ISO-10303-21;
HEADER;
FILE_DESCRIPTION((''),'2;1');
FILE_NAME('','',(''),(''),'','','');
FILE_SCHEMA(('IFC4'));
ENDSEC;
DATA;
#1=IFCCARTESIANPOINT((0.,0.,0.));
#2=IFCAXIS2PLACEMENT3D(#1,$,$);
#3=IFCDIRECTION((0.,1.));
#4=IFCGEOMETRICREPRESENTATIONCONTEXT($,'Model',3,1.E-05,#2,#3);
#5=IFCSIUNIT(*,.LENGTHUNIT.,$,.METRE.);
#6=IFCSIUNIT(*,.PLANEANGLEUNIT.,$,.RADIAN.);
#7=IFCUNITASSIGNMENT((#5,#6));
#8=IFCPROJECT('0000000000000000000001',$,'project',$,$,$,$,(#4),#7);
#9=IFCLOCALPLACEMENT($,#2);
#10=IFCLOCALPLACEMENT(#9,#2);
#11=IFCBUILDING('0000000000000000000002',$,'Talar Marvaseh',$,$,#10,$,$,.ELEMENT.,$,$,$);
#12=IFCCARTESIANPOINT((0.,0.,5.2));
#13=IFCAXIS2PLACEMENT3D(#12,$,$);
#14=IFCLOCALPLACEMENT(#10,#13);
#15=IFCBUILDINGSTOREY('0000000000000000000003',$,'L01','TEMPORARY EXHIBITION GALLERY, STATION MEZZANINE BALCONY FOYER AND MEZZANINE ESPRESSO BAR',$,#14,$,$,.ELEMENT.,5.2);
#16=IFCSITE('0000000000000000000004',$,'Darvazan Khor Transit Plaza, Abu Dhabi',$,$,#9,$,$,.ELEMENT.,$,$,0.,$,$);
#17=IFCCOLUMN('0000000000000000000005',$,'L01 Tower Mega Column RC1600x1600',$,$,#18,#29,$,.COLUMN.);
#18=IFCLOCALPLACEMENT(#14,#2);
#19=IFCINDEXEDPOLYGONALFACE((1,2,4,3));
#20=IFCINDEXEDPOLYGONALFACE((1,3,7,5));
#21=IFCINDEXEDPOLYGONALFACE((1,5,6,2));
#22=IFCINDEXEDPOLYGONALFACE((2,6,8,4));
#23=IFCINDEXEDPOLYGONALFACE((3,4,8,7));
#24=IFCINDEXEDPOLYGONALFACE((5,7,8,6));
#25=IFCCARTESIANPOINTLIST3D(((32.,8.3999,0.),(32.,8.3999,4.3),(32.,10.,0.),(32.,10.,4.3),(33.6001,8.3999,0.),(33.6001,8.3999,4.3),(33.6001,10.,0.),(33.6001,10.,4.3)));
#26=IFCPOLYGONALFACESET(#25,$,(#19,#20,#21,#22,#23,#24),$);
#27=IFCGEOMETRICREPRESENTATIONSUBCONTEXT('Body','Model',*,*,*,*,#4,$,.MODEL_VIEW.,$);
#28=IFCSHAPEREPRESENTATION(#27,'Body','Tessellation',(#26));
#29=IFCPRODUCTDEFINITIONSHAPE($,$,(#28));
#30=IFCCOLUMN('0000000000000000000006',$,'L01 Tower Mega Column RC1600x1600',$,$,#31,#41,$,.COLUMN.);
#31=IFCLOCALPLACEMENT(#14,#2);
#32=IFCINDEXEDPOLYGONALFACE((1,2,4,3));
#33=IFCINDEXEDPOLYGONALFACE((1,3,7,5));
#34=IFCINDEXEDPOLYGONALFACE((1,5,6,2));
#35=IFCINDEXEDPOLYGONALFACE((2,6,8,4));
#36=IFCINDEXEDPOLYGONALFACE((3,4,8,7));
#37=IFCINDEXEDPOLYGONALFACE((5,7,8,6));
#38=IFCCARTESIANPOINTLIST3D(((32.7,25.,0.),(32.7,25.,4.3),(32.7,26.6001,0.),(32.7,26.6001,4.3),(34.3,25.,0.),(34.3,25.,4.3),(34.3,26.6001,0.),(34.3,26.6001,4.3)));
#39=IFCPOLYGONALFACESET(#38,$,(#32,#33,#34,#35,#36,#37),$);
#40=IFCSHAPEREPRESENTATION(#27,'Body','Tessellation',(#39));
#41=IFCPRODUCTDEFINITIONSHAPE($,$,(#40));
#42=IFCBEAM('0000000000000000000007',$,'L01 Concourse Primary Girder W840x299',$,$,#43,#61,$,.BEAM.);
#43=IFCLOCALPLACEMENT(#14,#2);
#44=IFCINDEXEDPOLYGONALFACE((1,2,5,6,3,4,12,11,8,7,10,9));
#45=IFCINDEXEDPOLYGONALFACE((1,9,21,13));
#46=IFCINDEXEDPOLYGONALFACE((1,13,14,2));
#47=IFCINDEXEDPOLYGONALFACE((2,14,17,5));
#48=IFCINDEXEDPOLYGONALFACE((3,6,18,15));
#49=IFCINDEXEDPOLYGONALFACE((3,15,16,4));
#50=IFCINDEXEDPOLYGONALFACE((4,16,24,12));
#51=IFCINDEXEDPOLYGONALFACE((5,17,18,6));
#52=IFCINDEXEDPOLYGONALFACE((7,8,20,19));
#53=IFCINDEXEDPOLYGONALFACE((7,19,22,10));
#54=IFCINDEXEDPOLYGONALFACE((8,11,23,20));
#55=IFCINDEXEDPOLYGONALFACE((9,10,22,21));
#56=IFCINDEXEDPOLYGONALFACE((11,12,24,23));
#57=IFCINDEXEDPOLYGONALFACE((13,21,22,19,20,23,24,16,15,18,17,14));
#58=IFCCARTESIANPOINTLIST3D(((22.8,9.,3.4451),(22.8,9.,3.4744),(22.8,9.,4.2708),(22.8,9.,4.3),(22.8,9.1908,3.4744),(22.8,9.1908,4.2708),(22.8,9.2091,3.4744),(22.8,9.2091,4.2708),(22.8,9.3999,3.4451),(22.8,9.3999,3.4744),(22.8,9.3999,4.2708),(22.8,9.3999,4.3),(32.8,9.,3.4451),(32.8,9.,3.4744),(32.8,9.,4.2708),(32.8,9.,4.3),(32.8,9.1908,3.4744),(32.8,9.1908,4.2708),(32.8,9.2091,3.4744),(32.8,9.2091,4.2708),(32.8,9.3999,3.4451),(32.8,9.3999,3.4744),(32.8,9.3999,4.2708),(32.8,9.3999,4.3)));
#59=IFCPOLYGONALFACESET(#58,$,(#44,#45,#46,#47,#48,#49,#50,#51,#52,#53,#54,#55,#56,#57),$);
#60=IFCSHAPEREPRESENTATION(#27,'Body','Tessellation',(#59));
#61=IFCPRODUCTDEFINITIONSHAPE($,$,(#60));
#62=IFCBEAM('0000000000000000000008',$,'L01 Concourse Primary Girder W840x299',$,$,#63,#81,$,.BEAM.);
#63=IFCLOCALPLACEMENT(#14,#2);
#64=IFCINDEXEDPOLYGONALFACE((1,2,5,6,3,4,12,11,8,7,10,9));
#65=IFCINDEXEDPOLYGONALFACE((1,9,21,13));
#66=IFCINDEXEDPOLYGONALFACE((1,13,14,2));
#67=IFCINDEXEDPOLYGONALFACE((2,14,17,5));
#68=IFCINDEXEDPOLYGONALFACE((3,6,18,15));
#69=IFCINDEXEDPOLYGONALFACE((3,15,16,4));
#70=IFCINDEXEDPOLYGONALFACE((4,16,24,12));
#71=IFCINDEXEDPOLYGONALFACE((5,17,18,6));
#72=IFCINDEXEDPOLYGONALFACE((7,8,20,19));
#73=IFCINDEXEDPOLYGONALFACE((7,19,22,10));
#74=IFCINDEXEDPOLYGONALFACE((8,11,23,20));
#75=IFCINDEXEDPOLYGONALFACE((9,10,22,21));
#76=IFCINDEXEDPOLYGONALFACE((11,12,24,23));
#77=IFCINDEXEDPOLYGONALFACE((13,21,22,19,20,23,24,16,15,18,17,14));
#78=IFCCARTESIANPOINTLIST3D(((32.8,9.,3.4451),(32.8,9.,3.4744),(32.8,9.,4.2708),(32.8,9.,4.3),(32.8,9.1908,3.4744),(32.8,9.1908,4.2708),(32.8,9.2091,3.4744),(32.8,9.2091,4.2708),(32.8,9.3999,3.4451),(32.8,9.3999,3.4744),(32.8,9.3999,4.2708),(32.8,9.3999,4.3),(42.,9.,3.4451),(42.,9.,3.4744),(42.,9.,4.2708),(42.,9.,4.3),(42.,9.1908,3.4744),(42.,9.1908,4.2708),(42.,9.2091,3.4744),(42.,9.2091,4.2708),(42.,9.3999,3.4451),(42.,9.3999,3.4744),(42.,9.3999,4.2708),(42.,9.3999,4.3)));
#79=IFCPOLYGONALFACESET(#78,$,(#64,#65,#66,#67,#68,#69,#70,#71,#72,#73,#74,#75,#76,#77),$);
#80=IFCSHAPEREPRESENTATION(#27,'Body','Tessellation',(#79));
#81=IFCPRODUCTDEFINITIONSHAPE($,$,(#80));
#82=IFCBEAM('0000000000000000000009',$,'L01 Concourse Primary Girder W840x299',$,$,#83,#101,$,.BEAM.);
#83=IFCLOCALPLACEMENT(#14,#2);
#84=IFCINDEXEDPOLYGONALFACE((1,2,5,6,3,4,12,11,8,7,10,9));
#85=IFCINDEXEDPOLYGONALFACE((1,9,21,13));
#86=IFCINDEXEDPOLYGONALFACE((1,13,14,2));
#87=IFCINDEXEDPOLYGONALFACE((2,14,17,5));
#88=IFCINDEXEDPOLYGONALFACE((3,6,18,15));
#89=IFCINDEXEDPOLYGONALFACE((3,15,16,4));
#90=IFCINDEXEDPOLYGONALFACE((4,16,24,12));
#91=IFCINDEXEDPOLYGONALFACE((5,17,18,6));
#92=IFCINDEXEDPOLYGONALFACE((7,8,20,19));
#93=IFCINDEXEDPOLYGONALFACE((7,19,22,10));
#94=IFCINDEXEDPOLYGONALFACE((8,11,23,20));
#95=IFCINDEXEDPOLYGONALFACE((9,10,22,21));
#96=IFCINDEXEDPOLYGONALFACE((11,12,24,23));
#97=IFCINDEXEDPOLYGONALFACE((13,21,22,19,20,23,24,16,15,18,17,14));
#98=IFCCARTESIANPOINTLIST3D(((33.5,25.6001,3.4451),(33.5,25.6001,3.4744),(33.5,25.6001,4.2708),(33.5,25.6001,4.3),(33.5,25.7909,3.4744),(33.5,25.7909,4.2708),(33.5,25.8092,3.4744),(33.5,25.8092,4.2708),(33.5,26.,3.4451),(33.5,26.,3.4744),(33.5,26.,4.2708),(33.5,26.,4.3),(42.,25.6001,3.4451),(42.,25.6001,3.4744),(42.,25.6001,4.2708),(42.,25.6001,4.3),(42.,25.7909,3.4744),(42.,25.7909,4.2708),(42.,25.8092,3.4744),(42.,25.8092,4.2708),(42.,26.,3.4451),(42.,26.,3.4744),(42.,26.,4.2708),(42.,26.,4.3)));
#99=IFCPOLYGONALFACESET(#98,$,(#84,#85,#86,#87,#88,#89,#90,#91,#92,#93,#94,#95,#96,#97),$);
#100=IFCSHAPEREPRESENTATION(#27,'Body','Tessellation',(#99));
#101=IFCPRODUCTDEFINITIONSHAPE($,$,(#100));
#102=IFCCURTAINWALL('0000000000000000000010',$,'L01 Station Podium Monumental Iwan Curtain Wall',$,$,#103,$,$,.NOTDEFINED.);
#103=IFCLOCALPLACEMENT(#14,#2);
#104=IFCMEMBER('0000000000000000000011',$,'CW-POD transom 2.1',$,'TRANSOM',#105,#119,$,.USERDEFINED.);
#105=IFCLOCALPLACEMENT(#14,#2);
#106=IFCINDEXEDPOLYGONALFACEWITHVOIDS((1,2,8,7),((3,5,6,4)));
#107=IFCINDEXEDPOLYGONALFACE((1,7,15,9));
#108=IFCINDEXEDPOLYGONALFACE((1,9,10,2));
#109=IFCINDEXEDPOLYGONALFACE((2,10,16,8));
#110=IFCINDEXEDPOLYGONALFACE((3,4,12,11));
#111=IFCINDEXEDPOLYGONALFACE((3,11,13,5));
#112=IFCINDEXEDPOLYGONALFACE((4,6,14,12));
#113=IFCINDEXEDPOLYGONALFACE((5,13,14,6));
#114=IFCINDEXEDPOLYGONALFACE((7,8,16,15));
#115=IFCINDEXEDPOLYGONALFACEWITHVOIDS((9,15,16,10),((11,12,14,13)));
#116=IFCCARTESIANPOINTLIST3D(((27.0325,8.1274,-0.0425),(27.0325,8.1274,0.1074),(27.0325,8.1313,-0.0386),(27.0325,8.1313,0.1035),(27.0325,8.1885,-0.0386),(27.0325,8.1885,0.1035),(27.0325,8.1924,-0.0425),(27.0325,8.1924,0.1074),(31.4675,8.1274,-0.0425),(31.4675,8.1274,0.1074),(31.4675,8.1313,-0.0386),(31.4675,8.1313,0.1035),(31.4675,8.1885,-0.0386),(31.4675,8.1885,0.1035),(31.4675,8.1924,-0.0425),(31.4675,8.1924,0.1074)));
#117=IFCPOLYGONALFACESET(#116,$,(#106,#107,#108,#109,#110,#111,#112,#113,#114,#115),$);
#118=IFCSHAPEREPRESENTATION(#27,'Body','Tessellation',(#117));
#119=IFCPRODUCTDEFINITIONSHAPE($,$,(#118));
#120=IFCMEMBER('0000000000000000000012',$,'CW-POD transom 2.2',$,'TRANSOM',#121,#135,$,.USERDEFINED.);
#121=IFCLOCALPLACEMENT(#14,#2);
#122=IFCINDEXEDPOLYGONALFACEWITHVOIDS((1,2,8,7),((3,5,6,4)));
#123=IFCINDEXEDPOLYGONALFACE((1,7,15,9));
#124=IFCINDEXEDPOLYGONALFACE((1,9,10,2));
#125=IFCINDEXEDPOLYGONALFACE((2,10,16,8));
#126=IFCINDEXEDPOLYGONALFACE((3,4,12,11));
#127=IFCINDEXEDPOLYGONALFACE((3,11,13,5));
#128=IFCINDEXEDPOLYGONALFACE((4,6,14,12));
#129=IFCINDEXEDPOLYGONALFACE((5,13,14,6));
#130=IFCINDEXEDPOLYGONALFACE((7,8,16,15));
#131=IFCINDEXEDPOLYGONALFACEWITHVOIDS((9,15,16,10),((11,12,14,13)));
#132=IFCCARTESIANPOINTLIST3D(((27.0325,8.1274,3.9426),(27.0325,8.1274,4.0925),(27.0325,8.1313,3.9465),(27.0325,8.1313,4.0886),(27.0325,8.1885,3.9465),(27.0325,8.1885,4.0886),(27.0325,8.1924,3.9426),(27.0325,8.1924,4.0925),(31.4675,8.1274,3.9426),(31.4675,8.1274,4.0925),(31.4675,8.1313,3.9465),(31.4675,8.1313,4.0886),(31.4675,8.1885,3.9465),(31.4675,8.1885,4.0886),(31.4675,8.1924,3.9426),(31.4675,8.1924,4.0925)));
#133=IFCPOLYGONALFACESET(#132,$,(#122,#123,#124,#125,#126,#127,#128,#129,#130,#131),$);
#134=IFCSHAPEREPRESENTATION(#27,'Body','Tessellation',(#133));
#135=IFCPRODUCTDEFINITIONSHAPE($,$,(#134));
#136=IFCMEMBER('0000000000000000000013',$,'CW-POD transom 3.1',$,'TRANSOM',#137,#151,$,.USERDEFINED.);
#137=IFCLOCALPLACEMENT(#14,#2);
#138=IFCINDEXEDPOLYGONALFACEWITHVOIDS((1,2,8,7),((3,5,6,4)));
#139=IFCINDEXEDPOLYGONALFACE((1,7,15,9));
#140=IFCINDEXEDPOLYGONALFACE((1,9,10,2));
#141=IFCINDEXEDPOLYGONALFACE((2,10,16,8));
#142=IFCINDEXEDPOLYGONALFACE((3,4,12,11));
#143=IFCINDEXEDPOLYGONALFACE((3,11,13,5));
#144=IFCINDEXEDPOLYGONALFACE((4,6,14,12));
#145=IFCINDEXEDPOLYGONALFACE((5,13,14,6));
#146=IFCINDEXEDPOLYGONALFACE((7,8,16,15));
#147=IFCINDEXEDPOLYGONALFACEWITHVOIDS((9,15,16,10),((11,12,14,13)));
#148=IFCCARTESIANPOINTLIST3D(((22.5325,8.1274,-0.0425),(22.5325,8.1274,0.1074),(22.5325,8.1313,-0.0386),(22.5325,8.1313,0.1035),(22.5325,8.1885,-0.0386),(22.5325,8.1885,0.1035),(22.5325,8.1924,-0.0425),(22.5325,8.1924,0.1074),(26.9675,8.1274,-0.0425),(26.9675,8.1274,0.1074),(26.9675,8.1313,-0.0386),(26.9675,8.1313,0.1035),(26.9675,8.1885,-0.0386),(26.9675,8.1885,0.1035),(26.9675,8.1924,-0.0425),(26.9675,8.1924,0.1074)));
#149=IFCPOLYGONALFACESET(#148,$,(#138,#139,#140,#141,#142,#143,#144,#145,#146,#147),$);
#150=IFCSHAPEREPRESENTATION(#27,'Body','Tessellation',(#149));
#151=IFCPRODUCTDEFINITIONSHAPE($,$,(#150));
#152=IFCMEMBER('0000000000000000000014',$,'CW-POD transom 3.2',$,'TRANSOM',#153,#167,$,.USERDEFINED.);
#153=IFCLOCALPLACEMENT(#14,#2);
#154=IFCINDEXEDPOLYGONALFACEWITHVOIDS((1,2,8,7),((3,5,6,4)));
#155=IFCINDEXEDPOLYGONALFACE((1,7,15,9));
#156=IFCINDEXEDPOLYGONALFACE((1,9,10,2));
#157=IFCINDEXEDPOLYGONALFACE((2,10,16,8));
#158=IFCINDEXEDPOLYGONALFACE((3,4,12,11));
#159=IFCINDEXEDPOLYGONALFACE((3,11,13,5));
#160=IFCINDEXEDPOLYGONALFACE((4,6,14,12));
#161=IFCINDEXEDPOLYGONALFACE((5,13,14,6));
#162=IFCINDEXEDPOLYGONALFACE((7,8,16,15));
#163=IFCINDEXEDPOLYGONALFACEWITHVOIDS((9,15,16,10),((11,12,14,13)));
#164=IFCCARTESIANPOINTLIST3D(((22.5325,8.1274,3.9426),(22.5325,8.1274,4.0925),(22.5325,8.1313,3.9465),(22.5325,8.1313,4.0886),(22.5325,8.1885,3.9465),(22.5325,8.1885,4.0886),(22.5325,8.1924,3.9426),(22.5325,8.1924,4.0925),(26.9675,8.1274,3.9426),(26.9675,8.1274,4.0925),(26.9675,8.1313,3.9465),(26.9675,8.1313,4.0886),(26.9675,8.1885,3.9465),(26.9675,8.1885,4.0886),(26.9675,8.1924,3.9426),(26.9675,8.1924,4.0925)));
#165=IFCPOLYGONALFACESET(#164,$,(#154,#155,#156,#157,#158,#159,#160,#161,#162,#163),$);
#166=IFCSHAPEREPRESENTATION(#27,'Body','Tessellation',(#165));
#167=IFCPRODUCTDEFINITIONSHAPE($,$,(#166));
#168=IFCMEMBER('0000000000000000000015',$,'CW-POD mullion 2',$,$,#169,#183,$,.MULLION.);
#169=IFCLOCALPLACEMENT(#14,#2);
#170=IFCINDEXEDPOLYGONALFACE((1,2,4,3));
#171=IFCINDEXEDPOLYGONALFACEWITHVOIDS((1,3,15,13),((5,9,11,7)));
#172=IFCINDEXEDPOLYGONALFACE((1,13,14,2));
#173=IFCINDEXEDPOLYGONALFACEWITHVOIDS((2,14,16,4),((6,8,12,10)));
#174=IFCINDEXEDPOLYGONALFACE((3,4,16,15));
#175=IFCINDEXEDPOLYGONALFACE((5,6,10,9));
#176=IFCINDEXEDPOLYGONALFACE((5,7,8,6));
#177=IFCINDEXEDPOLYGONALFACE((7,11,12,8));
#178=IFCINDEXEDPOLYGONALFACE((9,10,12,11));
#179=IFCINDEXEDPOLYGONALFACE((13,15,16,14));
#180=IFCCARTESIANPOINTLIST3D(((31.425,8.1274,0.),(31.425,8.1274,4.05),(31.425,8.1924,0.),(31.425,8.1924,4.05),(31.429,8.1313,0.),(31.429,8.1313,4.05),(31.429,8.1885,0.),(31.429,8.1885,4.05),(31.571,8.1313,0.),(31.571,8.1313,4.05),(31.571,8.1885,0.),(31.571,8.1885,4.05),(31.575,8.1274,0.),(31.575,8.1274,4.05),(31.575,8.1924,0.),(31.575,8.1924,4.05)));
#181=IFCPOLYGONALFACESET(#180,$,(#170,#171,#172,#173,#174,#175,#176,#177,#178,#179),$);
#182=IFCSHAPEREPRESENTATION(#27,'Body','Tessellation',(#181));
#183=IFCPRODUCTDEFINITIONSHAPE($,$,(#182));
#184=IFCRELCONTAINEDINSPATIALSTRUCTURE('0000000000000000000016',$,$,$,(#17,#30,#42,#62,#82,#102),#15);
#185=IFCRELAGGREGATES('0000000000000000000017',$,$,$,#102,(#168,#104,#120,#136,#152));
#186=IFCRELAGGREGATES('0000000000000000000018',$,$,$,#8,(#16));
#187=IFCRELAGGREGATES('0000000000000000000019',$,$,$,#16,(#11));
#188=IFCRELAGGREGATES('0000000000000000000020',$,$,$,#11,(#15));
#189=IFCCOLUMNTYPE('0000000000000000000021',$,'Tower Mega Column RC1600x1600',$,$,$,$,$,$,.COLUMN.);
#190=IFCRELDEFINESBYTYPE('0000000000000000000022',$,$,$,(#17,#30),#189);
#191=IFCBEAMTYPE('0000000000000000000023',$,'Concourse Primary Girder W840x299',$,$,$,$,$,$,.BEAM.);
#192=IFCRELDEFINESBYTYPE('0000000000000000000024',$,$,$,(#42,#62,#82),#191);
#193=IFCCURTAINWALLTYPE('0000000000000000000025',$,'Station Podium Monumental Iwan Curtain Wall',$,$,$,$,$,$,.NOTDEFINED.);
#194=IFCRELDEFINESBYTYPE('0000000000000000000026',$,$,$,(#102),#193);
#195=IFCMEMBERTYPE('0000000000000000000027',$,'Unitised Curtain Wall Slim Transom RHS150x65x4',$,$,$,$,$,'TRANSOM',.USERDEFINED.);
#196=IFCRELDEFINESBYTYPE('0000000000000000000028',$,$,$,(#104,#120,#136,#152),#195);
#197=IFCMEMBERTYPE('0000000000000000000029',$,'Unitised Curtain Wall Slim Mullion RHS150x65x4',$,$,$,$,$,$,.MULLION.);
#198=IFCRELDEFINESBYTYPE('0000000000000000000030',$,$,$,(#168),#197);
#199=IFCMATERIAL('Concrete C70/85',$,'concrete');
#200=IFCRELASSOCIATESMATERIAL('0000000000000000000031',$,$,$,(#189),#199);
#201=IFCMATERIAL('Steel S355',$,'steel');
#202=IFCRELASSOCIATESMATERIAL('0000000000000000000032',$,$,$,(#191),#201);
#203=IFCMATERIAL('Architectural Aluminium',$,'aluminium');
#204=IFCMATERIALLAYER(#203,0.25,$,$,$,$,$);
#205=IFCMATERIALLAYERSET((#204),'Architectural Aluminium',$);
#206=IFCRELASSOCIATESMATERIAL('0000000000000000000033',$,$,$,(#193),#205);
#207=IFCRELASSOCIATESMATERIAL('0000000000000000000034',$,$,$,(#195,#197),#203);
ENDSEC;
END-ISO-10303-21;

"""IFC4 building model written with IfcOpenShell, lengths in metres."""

from ifc_helpers import new_model, si_unit, direction, frame, origin, origin_2d, place, context, subcontext, project, spatial, rectangle, hollow_rectangle, i_section, extrude, source, transform, mapped, material, layer, layer_set, material_profile, profile_set, type_object, type_shapes, element, aggregate, save


model = new_model("IFC4")

# Units and contexts
model_context = context("Model", 3, precision=1e-05, world=origin(), true_north=direction((0.0, 1.0)))
body_context = subcontext(model_context, "Body", "Model", "MODEL_VIEW")
ifc_project = project(units=[si_unit("LENGTHUNIT", "METRE"), si_unit("PLANEANGLEUNIT", "RADIAN")], contexts=[model_context])

# Site, building, storey
site_placement = place(None, origin())
site = spatial("IfcSite", under=ifc_project, at=site_placement, Name="Darvazan Khor Transit Plaza, Abu Dhabi", CompositionType="ELEMENT", RefElevation=0.0)
building_placement = place(site_placement, origin())
building = spatial("IfcBuilding", under=site, at=building_placement, Name="Talar Marvaseh", CompositionType="ELEMENT")
storey_placement = place(building_placement, frame((0.0, 0.0, 5.2)))
storey = spatial("IfcBuildingStorey", under=building, at=storey_placement, Name="L01", Description="TEMPORARY EXHIBITION GALLERY, STATION MEZZANINE BALCONY FOYER AND MEZZANINE ESPRESSO BAR", CompositionType="ELEMENT", Elevation=5.2)

# Columns
ifc_material_1 = material(Name="Concrete C70/85", Category="concrete")
ifc_material_profile_1 = material_profile(ifc_material_1, rectangle(XDim=1.6001, YDim=1.6001, at=origin_2d()), Name="RC1600x1600")
ifc_profile_set_1 = profile_set([ifc_material_profile_1], Name="Concrete C70/85")
column_type = type_object("IfcColumnType", Name="Tower Mega Column RC1600x1600", PredefinedType="COLUMN", material=ifc_profile_set_1)
for number, where, z_axis, x_axis, name in (
    (1, (32.8, 9.2, 0.0), (0.0, 0.0, 1.0), (1.0, 0.0, 0.0), "L01 Tower Mega Column RC1600x1600"),
    (2, (33.5, 25.8, 0.0), (0.0, 0.0, 1.0), (1.0, 0.0, 0.0), "L01 Tower Mega Column RC1600x1600"),
):
    element("IfcColumn", number, at=place(storey_placement, frame(where, z_axis=z_axis, x_axis=x_axis)), inside=storey, type_object=column_type, Name=name, PredefinedType="COLUMN", context=body_context, shape_type="SweptSolid", body=[
        extrude(rectangle(XDim=1.6001, YDim=1.6001, at=origin_2d()), origin(), (0.0, 0.0, 1.0), 4.3),
    ])

# Beams
ifc_material_2 = material(Name="Steel S355", Category="steel")
ifc_material_profile_2 = material_profile(ifc_material_2, i_section(OverallWidth=0.3999, OverallDepth=0.855, WebThickness=0.0183, FlangeThickness=0.0293, at=origin_2d()), Name="W840x299")
ifc_profile_set_2 = profile_set([ifc_material_profile_2], Name="Steel S355")
beam_type = type_object("IfcBeamType", Name="Concourse Primary Girder W840x299", PredefinedType="BEAM", material=ifc_profile_set_2)
beam_1_placement = place(storey_placement, frame((22.8, 9.2, 3.8726), z_axis=(1.0, 0.0, 0.0), x_axis=(0.0, 1.0, 0.0)))
element("IfcBeam", 3, at=beam_1_placement, inside=storey, type_object=beam_type, Name="L01 Concourse Primary Girder W840x299", PredefinedType="BEAM", context=body_context, shape_type="SweptSolid", body=[
    extrude(i_section(OverallWidth=0.3999, OverallDepth=0.855, WebThickness=0.0183, FlangeThickness=0.0293, at=origin_2d()), origin(), (0.0, 0.0, 1.0), 10.0),
])
beam_2_placement = place(storey_placement, frame((32.8, 9.2, 3.8726), z_axis=(1.0, 0.0, 0.0), x_axis=(0.0, 1.0, 0.0)))
element("IfcBeam", 4, at=beam_2_placement, inside=storey, type_object=beam_type, Name="L01 Concourse Primary Girder W840x299", PredefinedType="BEAM", context=body_context, shape_type="SweptSolid", body=[
    extrude(i_section(OverallWidth=0.3999, OverallDepth=0.855, WebThickness=0.0183, FlangeThickness=0.0293, at=origin_2d()), origin(), (0.0, 0.0, 1.0), 9.2),
])
beam_3_placement = place(storey_placement, frame((33.5, 25.8, 3.8726), z_axis=(1.0, 0.0, 0.0), x_axis=(0.0, 1.0, 0.0)))
element("IfcBeam", 5, at=beam_3_placement, inside=storey, type_object=beam_type, Name="L01 Concourse Primary Girder W840x299", PredefinedType="BEAM", context=body_context, shape_type="SweptSolid", body=[
    extrude(i_section(OverallWidth=0.3999, OverallDepth=0.855, WebThickness=0.0183, FlangeThickness=0.0293, at=origin_2d()), origin(), (0.0, 0.0, 1.0), 8.5),
])

# Curtain wall, members
ifc_material_3 = material(Name="Architectural Aluminium", Category="aluminium")
ifc_layer_1 = layer(ifc_material_3, 0.25)
ifc_layer_set_1 = layer_set([ifc_layer_1], Name="Architectural Aluminium")
curtain_wall_type = type_object("IfcCurtainWallType", Name="Station Podium Monumental Iwan Curtain Wall", PredefinedType="NOTDEFINED", material=ifc_layer_set_1)
curtain_wall_placement = place(storey_placement, origin())
curtain_wall = element("IfcCurtainWall", 6, at=curtain_wall_placement, inside=storey, type_object=curtain_wall_type, Name="L01 Station Podium Monumental Iwan Curtain Wall", PredefinedType="NOTDEFINED")
ifc_material_profile_3 = material_profile(ifc_material_3, hollow_rectangle(XDim=0.0649, YDim=0.1499, WallThickness=0.0039, at=origin_2d()), Name="RHS150x65x4")
ifc_profile_set_3 = profile_set([ifc_material_profile_3], Name="Architectural Aluminium")
member_type_1 = type_object("IfcMemberType", Name="Unitised Curtain Wall Slim Transom RHS150x65x4", ElementType="TRANSOM", PredefinedType="USERDEFINED", material=ifc_profile_set_3)
shared_shape_1 = source(origin(), body_context, "Body", "SweptSolid", [
    extrude(hollow_rectangle(XDim=0.0649, YDim=0.1499, WallThickness=0.0039, at=origin_2d()), origin(), (0.0, 0.0, 1.0), 4.4351),
])
type_shapes(member_type_1, [shared_shape_1])
member_1_placement = place(storey_placement, frame((31.4675, 8.1599, 0.0325), z_axis=(-1.0, 0.0, 0.0), x_axis=(0.0, -1.0, 0.0)))
member_1 = element("IfcMember", 7, at=member_1_placement, type_object=member_type_1, Name="CW-POD transom 2.1", ObjectType="TRANSOM", PredefinedType="USERDEFINED", context=body_context, shape_type="MappedRepresentation", body=[
    mapped(shared_shape_1, transform((0.0, 0.0, 0.0), x_axis=(1.0, 0.0, 0.0), y_axis=(0.0, 1.0, 0.0), z_axis=(0.0, 0.0, 1.0), scale=1.0)),
])
member_2_placement = place(storey_placement, frame((31.4675, 8.1599, 4.0176), z_axis=(-1.0, 0.0, 0.0), x_axis=(0.0, -1.0, 0.0)))
member_2 = element("IfcMember", 8, at=member_2_placement, type_object=member_type_1, Name="CW-POD transom 2.2", ObjectType="TRANSOM", PredefinedType="USERDEFINED", context=body_context, shape_type="MappedRepresentation", body=[
    mapped(shared_shape_1, transform((0.0, 0.0, 0.0), x_axis=(1.0, 0.0, 0.0), y_axis=(0.0, 1.0, 0.0), z_axis=(0.0, 0.0, 1.0), scale=1.0)),
])
member_3_placement = place(storey_placement, frame((26.9675, 8.1599, 0.0325), z_axis=(-1.0, 0.0, 0.0), x_axis=(0.0, -1.0, 0.0)))
member_3 = element("IfcMember", 9, at=member_3_placement, type_object=member_type_1, Name="CW-POD transom 3.1", ObjectType="TRANSOM", PredefinedType="USERDEFINED", context=body_context, shape_type="MappedRepresentation", body=[
    mapped(shared_shape_1, transform((0.0, 0.0, 0.0), x_axis=(1.0, 0.0, 0.0), y_axis=(0.0, 1.0, 0.0), z_axis=(0.0, 0.0, 1.0), scale=1.0)),
])
member_4_placement = place(storey_placement, frame((26.9675, 8.1599, 4.0176), z_axis=(-1.0, 0.0, 0.0), x_axis=(0.0, -1.0, 0.0)))
member_4 = element("IfcMember", 10, at=member_4_placement, type_object=member_type_1, Name="CW-POD transom 3.2", ObjectType="TRANSOM", PredefinedType="USERDEFINED", context=body_context, shape_type="MappedRepresentation", body=[
    mapped(shared_shape_1, transform((0.0, 0.0, 0.0), x_axis=(1.0, 0.0, 0.0), y_axis=(0.0, 1.0, 0.0), z_axis=(0.0, 0.0, 1.0), scale=1.0)),
])
ifc_material_profile_4 = material_profile(ifc_material_3, hollow_rectangle(XDim=0.0649, YDim=0.1499, WallThickness=0.0039, at=origin_2d()), Name="RHS150x65x4")
ifc_profile_set_4 = profile_set([ifc_material_profile_4], Name="Architectural Aluminium")
member_type_2 = type_object("IfcMemberType", Name="Unitised Curtain Wall Slim Mullion RHS150x65x4", PredefinedType="MULLION", material=ifc_profile_set_4)
shared_shape_2 = source(origin(), body_context, "Body", "SweptSolid", [
    extrude(hollow_rectangle(XDim=0.0649, YDim=0.1499, WallThickness=0.0039, at=origin_2d()), origin(), (0.0, 0.0, 1.0), 4.05),
])
type_shapes(member_type_2, [shared_shape_2])
member_5_placement = place(storey_placement, frame((31.5, 8.1599, 0.0), z_axis=(0.0, 0.0, 1.0), x_axis=(0.0, -1.0, 0.0)))
member_5 = element("IfcMember", 11, at=member_5_placement, type_object=member_type_2, Name="CW-POD mullion 2", PredefinedType="MULLION", context=body_context, shape_type="MappedRepresentation", body=[
    mapped(shared_shape_2, transform((0.0, 0.0, 0.0), x_axis=(1.0, 0.0, 0.0), y_axis=(0.0, 1.0, 0.0), z_axis=(0.0, 0.0, 1.0), scale=1.0)),
])
aggregate(curtain_wall, [member_5, member_1, member_2, member_3, member_4])

save(model, "model.ifc")
